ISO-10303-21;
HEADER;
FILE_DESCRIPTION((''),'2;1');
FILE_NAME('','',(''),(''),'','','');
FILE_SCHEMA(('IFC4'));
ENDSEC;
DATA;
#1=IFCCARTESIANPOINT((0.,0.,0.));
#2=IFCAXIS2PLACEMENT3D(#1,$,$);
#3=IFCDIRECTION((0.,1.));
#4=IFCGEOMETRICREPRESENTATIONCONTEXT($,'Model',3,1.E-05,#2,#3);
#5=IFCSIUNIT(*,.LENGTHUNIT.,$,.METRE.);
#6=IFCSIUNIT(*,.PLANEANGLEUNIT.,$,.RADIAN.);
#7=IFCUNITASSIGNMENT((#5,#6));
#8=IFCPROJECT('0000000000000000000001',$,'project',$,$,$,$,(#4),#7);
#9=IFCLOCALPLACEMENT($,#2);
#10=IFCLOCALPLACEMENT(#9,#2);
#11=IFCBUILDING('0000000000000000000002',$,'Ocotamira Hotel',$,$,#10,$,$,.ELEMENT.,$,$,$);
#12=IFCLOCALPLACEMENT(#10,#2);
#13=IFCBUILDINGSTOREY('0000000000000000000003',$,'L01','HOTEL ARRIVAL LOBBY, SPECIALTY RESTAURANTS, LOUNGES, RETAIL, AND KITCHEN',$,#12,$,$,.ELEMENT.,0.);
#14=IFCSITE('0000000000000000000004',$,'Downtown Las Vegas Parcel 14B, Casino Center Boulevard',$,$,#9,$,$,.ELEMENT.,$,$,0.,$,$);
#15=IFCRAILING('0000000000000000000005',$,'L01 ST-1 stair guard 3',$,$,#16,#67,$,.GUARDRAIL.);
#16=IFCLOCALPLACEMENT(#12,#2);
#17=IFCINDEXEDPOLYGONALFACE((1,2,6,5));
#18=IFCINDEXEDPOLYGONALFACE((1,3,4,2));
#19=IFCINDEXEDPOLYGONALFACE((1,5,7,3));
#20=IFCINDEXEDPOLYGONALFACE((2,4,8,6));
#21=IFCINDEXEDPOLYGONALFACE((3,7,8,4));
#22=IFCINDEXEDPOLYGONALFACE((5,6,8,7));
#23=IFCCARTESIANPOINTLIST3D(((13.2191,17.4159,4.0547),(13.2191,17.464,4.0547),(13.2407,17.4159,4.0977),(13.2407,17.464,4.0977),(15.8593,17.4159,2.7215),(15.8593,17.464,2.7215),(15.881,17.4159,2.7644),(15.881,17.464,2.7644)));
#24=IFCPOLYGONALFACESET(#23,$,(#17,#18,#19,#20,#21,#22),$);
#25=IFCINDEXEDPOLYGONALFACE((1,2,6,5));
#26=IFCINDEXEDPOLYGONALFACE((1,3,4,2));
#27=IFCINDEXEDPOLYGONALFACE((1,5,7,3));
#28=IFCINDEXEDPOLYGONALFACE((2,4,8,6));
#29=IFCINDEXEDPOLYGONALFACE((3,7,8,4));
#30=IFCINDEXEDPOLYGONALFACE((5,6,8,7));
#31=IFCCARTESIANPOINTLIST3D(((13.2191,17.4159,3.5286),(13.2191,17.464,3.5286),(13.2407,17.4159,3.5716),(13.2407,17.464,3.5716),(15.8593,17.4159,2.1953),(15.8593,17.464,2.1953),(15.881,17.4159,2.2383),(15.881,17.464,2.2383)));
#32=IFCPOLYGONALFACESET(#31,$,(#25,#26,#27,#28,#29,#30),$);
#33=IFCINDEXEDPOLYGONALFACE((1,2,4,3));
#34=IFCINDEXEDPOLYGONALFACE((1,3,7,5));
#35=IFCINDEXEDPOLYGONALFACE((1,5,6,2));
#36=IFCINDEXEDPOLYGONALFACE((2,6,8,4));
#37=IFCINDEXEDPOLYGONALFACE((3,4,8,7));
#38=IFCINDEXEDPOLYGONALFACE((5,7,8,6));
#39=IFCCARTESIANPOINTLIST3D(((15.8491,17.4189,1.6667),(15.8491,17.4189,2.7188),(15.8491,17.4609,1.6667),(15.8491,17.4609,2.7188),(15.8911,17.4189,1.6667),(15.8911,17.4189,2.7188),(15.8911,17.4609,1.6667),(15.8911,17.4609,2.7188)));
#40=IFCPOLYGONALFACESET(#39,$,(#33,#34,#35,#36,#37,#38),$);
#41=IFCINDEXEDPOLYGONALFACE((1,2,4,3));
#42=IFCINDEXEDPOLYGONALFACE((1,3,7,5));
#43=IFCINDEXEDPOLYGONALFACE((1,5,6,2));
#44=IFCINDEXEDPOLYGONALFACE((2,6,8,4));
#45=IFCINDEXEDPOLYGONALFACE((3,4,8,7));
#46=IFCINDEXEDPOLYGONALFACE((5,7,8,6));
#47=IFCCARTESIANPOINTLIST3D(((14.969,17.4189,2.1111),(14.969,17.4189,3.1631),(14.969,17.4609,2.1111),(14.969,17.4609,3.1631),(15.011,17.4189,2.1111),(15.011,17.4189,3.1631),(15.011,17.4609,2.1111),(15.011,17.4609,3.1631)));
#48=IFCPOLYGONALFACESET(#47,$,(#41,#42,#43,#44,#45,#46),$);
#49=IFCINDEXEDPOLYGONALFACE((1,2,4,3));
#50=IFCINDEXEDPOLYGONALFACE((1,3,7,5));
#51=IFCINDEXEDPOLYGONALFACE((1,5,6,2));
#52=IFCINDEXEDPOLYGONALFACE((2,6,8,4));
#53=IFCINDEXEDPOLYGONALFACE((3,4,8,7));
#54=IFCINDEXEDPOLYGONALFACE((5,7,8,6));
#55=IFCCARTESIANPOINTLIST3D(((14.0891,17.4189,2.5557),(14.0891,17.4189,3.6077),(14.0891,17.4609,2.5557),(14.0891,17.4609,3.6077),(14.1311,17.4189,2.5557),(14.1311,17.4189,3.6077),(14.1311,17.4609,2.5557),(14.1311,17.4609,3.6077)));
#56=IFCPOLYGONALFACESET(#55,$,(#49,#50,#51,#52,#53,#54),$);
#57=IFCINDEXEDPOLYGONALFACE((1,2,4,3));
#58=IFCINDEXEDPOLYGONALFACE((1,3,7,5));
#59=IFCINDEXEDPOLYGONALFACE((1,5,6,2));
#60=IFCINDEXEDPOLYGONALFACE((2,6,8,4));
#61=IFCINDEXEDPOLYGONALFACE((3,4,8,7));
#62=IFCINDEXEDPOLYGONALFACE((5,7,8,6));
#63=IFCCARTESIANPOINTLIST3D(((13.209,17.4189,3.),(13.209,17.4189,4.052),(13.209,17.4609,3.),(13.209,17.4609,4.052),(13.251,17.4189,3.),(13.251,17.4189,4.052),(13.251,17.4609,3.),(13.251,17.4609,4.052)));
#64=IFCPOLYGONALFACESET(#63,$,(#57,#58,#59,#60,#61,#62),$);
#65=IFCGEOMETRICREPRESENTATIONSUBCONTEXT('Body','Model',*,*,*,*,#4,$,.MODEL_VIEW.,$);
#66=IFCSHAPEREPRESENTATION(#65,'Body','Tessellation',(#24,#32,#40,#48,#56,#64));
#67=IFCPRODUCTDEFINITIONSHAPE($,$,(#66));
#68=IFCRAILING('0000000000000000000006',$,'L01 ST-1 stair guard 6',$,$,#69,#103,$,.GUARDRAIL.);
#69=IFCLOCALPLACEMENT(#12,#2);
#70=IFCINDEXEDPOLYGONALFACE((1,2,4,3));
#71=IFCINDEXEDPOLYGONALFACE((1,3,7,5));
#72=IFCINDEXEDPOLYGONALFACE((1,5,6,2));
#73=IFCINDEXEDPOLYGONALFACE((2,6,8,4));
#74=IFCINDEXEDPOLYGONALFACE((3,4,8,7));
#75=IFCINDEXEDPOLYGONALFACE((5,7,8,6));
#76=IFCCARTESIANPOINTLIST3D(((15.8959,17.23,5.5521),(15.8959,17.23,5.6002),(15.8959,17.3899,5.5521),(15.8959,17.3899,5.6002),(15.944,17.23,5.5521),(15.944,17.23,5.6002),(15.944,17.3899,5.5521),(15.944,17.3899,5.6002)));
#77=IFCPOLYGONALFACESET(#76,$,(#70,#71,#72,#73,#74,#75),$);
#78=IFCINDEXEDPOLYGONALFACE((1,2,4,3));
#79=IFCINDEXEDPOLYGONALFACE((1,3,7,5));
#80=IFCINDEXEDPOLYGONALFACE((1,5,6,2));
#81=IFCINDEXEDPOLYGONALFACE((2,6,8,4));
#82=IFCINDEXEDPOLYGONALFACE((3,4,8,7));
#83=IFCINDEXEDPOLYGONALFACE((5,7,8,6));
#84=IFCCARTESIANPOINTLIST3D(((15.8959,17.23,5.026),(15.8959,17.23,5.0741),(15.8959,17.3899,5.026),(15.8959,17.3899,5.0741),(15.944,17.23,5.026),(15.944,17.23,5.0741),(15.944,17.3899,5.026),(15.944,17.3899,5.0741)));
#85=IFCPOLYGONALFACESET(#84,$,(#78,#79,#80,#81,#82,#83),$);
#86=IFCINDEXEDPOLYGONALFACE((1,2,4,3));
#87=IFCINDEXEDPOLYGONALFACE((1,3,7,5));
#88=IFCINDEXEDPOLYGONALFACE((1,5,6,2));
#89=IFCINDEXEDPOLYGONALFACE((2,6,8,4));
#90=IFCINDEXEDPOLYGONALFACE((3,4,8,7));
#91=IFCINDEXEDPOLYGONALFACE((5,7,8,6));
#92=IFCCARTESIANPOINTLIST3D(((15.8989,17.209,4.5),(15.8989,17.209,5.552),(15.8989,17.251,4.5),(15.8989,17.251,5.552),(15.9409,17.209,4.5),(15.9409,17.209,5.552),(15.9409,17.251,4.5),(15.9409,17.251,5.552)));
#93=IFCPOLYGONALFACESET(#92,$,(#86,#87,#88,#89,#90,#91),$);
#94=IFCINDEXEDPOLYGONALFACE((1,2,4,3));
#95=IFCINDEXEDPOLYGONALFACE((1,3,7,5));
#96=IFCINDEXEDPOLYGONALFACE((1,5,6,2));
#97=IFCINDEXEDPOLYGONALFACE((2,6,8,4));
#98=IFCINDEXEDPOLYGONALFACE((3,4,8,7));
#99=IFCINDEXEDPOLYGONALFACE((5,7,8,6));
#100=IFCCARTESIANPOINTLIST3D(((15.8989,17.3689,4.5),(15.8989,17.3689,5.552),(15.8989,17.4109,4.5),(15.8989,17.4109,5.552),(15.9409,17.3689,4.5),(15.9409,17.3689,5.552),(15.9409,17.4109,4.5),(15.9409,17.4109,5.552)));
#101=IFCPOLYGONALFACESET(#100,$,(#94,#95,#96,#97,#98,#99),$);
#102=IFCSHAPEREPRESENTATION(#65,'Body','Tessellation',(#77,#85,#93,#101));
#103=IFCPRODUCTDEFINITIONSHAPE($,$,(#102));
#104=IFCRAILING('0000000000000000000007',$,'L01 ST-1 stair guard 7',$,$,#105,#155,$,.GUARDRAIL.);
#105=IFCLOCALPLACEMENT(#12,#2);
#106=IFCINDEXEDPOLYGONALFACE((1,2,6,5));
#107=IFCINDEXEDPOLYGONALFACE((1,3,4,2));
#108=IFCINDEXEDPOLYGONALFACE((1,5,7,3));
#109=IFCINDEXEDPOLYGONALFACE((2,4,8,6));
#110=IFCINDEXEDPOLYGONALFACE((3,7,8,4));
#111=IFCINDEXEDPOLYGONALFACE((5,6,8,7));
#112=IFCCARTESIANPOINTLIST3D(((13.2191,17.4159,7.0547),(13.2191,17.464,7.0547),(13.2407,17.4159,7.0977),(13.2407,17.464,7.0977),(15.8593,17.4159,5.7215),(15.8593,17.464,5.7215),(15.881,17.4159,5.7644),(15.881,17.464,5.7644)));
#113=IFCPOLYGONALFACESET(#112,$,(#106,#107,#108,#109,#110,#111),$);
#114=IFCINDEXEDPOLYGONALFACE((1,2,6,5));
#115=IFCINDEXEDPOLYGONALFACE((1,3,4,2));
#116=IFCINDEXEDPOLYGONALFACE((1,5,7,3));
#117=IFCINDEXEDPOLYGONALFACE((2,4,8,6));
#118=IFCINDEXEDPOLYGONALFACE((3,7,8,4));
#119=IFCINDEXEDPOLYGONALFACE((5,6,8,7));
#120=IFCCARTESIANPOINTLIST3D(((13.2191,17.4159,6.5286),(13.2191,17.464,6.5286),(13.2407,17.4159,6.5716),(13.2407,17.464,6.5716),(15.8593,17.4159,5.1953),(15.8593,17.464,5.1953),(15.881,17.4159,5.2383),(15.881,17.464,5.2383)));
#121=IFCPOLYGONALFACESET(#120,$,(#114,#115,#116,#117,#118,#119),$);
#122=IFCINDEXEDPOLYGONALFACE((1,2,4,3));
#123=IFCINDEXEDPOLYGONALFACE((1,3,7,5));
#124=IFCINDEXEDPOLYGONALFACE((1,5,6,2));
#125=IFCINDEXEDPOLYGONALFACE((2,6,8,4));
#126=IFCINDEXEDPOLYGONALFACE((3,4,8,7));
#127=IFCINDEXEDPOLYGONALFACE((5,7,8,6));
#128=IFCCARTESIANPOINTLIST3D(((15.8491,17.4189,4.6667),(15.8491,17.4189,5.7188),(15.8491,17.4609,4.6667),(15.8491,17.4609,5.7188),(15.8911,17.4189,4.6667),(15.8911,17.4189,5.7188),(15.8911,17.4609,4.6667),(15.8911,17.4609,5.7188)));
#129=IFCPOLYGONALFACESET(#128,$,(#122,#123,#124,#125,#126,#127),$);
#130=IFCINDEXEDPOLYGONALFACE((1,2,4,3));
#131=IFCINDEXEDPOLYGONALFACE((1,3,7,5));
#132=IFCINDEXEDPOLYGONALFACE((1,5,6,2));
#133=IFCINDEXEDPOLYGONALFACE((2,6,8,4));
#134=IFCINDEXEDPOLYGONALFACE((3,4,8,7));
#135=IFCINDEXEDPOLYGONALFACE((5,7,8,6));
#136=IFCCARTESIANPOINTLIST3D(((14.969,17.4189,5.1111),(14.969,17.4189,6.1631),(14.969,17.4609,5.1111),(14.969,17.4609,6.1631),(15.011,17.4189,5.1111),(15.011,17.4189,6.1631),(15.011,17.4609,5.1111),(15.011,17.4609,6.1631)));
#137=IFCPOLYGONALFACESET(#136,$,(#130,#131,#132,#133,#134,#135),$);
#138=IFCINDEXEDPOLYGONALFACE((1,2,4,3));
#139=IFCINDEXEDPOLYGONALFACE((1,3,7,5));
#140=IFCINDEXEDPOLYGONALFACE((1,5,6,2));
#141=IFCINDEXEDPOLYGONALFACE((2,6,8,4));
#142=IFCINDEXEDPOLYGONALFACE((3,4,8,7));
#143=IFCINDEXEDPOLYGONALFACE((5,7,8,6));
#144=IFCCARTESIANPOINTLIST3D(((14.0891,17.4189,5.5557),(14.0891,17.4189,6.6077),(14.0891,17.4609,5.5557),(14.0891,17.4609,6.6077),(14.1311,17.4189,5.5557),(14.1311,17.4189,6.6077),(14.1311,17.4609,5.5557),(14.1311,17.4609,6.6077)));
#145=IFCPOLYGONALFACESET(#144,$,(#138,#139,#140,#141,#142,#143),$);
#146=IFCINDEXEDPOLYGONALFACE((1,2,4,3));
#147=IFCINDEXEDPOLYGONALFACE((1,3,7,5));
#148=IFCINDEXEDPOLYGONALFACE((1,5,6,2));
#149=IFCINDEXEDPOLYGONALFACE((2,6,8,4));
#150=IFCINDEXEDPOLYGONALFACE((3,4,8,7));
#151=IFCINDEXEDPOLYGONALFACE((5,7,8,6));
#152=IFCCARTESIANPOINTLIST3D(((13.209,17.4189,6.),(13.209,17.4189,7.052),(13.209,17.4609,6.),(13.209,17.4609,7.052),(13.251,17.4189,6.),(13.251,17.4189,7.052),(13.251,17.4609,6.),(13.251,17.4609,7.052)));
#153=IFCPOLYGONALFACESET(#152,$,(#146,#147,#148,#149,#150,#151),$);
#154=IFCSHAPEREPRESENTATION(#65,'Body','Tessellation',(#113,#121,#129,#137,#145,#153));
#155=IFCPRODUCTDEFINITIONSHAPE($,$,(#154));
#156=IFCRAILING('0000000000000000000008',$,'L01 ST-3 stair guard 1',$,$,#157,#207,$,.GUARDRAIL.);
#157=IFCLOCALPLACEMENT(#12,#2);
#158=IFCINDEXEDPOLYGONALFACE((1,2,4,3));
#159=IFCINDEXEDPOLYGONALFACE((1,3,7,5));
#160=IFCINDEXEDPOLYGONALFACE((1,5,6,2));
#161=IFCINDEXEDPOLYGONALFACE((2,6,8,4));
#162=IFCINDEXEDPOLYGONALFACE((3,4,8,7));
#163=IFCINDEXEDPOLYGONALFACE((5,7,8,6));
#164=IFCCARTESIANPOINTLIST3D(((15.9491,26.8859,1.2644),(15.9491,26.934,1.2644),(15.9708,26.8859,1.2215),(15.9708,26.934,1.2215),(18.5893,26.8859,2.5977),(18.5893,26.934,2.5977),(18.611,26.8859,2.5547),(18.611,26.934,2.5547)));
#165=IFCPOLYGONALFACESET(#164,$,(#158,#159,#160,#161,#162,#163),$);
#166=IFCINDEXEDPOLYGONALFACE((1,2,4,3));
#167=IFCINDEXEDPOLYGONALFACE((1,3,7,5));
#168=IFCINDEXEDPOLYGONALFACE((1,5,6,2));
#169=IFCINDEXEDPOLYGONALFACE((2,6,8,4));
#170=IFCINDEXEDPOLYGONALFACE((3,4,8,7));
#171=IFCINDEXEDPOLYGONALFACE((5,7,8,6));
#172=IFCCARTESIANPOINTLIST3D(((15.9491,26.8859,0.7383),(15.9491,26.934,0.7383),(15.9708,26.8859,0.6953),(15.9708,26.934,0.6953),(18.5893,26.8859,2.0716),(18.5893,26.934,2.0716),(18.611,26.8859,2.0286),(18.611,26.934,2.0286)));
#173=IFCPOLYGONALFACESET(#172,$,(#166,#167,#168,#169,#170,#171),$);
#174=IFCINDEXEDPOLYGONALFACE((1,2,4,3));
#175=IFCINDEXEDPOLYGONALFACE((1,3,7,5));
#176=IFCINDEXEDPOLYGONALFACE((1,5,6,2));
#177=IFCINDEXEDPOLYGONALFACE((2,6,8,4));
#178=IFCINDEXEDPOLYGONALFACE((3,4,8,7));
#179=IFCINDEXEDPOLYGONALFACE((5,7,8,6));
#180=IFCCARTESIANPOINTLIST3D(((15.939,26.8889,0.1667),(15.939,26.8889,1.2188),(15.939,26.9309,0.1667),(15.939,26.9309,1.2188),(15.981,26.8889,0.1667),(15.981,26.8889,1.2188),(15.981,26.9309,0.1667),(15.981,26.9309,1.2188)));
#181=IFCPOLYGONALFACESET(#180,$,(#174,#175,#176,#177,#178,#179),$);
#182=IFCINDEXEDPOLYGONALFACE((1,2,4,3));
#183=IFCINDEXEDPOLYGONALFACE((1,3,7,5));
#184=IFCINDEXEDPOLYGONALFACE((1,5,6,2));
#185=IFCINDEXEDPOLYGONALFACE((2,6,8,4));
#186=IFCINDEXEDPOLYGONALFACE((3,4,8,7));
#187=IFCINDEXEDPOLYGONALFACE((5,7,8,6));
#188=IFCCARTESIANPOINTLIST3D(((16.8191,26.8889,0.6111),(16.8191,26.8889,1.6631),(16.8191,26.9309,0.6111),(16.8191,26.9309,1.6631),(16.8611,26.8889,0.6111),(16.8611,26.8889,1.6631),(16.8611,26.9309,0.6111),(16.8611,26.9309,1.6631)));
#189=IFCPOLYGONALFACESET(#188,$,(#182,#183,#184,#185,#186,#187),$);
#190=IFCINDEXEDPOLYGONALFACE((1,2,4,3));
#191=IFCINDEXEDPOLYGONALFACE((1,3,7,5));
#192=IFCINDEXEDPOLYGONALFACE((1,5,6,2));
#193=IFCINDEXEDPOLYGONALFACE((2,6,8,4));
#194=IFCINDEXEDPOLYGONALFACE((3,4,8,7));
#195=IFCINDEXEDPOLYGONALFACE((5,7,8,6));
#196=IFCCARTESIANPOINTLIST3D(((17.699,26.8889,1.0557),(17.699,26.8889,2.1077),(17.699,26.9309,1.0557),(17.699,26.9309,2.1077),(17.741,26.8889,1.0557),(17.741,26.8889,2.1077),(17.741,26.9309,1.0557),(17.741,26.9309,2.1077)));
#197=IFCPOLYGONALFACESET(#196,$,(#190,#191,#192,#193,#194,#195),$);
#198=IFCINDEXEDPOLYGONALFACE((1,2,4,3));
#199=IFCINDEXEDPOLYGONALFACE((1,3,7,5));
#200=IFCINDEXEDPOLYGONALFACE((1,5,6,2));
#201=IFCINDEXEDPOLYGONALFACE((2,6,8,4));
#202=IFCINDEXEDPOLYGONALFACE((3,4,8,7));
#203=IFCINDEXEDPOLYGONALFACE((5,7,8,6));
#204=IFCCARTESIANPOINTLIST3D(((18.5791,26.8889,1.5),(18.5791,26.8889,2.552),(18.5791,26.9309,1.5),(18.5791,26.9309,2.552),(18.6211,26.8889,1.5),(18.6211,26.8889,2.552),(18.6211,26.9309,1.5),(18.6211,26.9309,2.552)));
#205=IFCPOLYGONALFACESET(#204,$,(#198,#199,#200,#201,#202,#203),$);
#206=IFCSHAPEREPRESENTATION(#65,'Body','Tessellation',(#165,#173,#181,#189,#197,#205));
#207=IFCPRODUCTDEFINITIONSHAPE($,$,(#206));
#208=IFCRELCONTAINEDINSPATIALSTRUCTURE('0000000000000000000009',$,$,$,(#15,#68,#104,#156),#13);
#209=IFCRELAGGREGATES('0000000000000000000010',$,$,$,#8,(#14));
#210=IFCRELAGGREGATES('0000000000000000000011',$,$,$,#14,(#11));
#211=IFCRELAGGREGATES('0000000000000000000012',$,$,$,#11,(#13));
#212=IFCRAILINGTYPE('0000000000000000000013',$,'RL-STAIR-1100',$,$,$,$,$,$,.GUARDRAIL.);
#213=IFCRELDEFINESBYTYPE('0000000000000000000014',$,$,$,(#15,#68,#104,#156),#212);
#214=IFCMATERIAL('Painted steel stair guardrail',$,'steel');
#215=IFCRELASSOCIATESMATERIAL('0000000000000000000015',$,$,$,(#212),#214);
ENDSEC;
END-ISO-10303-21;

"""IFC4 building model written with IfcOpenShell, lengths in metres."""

from ifc_helpers import new_model, si_unit, direction, frame, origin, origin_2d, place, context, subcontext, project, spatial, rectangle, extrude, material, type_object, element, save


model = new_model("IFC4")

# Units and contexts
model_context = context("Model", 3, precision=1e-05, world=origin(), true_north=direction((0.0, 1.0)))
body_context = subcontext(model_context, "Body", "Model", "MODEL_VIEW")
ifc_project = project(units=[si_unit("LENGTHUNIT", "METRE"), si_unit("PLANEANGLEUNIT", "RADIAN")], contexts=[model_context])

# Site, building, storey
site_placement = place(None, origin())
site = spatial("IfcSite", under=ifc_project, at=site_placement, Name="Downtown Las Vegas Parcel 14B, Casino Center Boulevard", CompositionType="ELEMENT", RefElevation=0.0)
building_placement = place(site_placement, origin())
building = spatial("IfcBuilding", under=site, at=building_placement, Name="Ocotamira Hotel", CompositionType="ELEMENT")
storey_placement = place(building_placement, origin())
storey = spatial("IfcBuildingStorey", under=building, at=storey_placement, Name="L01", Description="HOTEL ARRIVAL LOBBY, SPECIALTY RESTAURANTS, LOUNGES, RETAIL, AND KITCHEN", CompositionType="ELEMENT", Elevation=0.0)

# Railings
ifc_material_1 = material(Name="Painted steel stair guardrail", Category="steel")
railing_type_1 = type_object("IfcRailingType", Name="RL-STAIR-1100", PredefinedType="GUARDRAIL", material=ifc_material_1)
railing_1_placement = place(storey_placement, frame((15.8701, 17.4399, 1.6667)))
element("IfcRailing", 1, at=railing_1_placement, inside=storey, type_object=railing_type_1, Name="L01 ST-1 stair guard 3", PredefinedType="GUARDRAIL", context=body_context, shape_type="SweptSolid", body=[
    extrude(rectangle(XDim=0.0481, YDim=0.0481, at=origin_2d()), frame((0.0, 0.0, 1.0762), z_axis=(-0.892637, 0.0, 0.450776), x_axis=(0.0, -1.0, 0.0)), (0.0, 0.0, 1.0), 2.9578),
    extrude(rectangle(XDim=0.0481, YDim=0.0481, at=origin_2d()), frame((0.0, 0.0, 0.55), z_axis=(-0.892637, 0.0, 0.450776), x_axis=(0.0, -1.0, 0.0)), (0.0, 0.0, 1.0), 2.9578),
    extrude(rectangle(XDim=0.042, YDim=0.042, at=origin_2d()), origin(), (0.0, 0.0, 1.0), 1.052),
    extrude(rectangle(XDim=0.042, YDim=0.042, at=origin_2d()), frame((-0.8801, 0.0, 0.4443)), (0.0, 0.0, 1.0), 1.052),
    extrude(rectangle(XDim=0.042, YDim=0.042, at=origin_2d()), frame((-1.76, 0.0, 0.8889)), (0.0, 0.0, 1.0), 1.052),
    extrude(rectangle(XDim=0.042, YDim=0.042, at=origin_2d()), frame((-2.6401, 0.0, 1.3333)), (0.0, 0.0, 1.0), 1.052),
])
railing_2_placement = place(storey_placement, frame((15.9199, 17.23, 4.5)))
element("IfcRailing", 2, at=railing_2_placement, inside=storey, type_object=railing_type_1, Name="L01 ST-1 stair guard 6", PredefinedType="GUARDRAIL", context=body_context, shape_type="SweptSolid", body=[
    extrude(rectangle(XDim=0.0481, YDim=0.0481, at=origin_2d()), frame((0.0, 0.0, 1.0762), z_axis=(0.0, 1.0, 0.0), x_axis=(-1.0, 0.0, 0.0)), (0.0, 0.0, 1.0), 0.1599),
    extrude(rectangle(XDim=0.0481, YDim=0.0481, at=origin_2d()), frame((0.0, 0.0, 0.55), z_axis=(0.0, 1.0, 0.0), x_axis=(-1.0, 0.0, 0.0)), (0.0, 0.0, 1.0), 0.1599),
    extrude(rectangle(XDim=0.042, YDim=0.042, at=origin_2d()), origin(), (0.0, 0.0, 1.0), 1.052),
    extrude(rectangle(XDim=0.042, YDim=0.042, at=origin_2d()), frame((0.0, 0.1599, 0.0)), (0.0, 0.0, 1.0), 1.052),
])
railing_3_placement = place(storey_placement, frame((15.8701, 17.4399, 4.6667)))
element("IfcRailing", 3, at=railing_3_placement, inside=storey, type_object=railing_type_1, Name="L01 ST-1 stair guard 7", PredefinedType="GUARDRAIL", context=body_context, shape_type="SweptSolid", body=[
    extrude(rectangle(XDim=0.0481, YDim=0.0481, at=origin_2d()), frame((0.0, 0.0, 1.0762), z_axis=(-0.892637, 0.0, 0.450776), x_axis=(0.0, -1.0, 0.0)), (0.0, 0.0, 1.0), 2.9578),
    extrude(rectangle(XDim=0.0481, YDim=0.0481, at=origin_2d()), frame((0.0, 0.0, 0.55), z_axis=(-0.892637, 0.0, 0.450776), x_axis=(0.0, -1.0, 0.0)), (0.0, 0.0, 1.0), 2.9578),
    extrude(rectangle(XDim=0.042, YDim=0.042, at=origin_2d()), origin(), (0.0, 0.0, 1.0), 1.052),
    extrude(rectangle(XDim=0.042, YDim=0.042, at=origin_2d()), frame((-0.8801, 0.0, 0.4443)), (0.0, 0.0, 1.0), 1.052),
    extrude(rectangle(XDim=0.042, YDim=0.042, at=origin_2d()), frame((-1.76, 0.0, 0.8889)), (0.0, 0.0, 1.0), 1.052),
    extrude(rectangle(XDim=0.042, YDim=0.042, at=origin_2d()), frame((-2.6401, 0.0, 1.3333)), (0.0, 0.0, 1.0), 1.052),
])
for number, where, name in (
    (4, (15.96, 26.9099, 0.1667), "L01 ST-3 stair guard 1"),
):
    element("IfcRailing", number, at=place(storey_placement, frame(where)), inside=storey, type_object=railing_type_1, Name=name, PredefinedType="GUARDRAIL", context=body_context, shape_type="SweptSolid", body=[
        extrude(rectangle(XDim=0.0481, YDim=0.0481, at=origin_2d()), frame((0.0, 0.0, 1.0762), z_axis=(0.892637, 0.0, 0.450776), x_axis=(0.0, 1.0, 0.0)), (0.0, 0.0, 1.0), 2.9578),
        extrude(rectangle(XDim=0.0481, YDim=0.0481, at=origin_2d()), frame((0.0, 0.0, 0.55), z_axis=(0.892637, 0.0, 0.450776), x_axis=(0.0, 1.0, 0.0)), (0.0, 0.0, 1.0), 2.9578),
        extrude(rectangle(XDim=0.042, YDim=0.042, at=origin_2d()), origin(), (0.0, 0.0, 1.0), 1.052),
        extrude(rectangle(XDim=0.042, YDim=0.042, at=origin_2d()), frame((0.8801, 0.0, 0.4443)), (0.0, 0.0, 1.0), 1.052),
        extrude(rectangle(XDim=0.042, YDim=0.042, at=origin_2d()), frame((1.76, 0.0, 0.8889)), (0.0, 0.0, 1.0), 1.052),
        extrude(rectangle(XDim=0.042, YDim=0.042, at=origin_2d()), frame((2.6401, 0.0, 1.3333)), (0.0, 0.0, 1.0), 1.052),
    ])

save(model, "model.ifc")
